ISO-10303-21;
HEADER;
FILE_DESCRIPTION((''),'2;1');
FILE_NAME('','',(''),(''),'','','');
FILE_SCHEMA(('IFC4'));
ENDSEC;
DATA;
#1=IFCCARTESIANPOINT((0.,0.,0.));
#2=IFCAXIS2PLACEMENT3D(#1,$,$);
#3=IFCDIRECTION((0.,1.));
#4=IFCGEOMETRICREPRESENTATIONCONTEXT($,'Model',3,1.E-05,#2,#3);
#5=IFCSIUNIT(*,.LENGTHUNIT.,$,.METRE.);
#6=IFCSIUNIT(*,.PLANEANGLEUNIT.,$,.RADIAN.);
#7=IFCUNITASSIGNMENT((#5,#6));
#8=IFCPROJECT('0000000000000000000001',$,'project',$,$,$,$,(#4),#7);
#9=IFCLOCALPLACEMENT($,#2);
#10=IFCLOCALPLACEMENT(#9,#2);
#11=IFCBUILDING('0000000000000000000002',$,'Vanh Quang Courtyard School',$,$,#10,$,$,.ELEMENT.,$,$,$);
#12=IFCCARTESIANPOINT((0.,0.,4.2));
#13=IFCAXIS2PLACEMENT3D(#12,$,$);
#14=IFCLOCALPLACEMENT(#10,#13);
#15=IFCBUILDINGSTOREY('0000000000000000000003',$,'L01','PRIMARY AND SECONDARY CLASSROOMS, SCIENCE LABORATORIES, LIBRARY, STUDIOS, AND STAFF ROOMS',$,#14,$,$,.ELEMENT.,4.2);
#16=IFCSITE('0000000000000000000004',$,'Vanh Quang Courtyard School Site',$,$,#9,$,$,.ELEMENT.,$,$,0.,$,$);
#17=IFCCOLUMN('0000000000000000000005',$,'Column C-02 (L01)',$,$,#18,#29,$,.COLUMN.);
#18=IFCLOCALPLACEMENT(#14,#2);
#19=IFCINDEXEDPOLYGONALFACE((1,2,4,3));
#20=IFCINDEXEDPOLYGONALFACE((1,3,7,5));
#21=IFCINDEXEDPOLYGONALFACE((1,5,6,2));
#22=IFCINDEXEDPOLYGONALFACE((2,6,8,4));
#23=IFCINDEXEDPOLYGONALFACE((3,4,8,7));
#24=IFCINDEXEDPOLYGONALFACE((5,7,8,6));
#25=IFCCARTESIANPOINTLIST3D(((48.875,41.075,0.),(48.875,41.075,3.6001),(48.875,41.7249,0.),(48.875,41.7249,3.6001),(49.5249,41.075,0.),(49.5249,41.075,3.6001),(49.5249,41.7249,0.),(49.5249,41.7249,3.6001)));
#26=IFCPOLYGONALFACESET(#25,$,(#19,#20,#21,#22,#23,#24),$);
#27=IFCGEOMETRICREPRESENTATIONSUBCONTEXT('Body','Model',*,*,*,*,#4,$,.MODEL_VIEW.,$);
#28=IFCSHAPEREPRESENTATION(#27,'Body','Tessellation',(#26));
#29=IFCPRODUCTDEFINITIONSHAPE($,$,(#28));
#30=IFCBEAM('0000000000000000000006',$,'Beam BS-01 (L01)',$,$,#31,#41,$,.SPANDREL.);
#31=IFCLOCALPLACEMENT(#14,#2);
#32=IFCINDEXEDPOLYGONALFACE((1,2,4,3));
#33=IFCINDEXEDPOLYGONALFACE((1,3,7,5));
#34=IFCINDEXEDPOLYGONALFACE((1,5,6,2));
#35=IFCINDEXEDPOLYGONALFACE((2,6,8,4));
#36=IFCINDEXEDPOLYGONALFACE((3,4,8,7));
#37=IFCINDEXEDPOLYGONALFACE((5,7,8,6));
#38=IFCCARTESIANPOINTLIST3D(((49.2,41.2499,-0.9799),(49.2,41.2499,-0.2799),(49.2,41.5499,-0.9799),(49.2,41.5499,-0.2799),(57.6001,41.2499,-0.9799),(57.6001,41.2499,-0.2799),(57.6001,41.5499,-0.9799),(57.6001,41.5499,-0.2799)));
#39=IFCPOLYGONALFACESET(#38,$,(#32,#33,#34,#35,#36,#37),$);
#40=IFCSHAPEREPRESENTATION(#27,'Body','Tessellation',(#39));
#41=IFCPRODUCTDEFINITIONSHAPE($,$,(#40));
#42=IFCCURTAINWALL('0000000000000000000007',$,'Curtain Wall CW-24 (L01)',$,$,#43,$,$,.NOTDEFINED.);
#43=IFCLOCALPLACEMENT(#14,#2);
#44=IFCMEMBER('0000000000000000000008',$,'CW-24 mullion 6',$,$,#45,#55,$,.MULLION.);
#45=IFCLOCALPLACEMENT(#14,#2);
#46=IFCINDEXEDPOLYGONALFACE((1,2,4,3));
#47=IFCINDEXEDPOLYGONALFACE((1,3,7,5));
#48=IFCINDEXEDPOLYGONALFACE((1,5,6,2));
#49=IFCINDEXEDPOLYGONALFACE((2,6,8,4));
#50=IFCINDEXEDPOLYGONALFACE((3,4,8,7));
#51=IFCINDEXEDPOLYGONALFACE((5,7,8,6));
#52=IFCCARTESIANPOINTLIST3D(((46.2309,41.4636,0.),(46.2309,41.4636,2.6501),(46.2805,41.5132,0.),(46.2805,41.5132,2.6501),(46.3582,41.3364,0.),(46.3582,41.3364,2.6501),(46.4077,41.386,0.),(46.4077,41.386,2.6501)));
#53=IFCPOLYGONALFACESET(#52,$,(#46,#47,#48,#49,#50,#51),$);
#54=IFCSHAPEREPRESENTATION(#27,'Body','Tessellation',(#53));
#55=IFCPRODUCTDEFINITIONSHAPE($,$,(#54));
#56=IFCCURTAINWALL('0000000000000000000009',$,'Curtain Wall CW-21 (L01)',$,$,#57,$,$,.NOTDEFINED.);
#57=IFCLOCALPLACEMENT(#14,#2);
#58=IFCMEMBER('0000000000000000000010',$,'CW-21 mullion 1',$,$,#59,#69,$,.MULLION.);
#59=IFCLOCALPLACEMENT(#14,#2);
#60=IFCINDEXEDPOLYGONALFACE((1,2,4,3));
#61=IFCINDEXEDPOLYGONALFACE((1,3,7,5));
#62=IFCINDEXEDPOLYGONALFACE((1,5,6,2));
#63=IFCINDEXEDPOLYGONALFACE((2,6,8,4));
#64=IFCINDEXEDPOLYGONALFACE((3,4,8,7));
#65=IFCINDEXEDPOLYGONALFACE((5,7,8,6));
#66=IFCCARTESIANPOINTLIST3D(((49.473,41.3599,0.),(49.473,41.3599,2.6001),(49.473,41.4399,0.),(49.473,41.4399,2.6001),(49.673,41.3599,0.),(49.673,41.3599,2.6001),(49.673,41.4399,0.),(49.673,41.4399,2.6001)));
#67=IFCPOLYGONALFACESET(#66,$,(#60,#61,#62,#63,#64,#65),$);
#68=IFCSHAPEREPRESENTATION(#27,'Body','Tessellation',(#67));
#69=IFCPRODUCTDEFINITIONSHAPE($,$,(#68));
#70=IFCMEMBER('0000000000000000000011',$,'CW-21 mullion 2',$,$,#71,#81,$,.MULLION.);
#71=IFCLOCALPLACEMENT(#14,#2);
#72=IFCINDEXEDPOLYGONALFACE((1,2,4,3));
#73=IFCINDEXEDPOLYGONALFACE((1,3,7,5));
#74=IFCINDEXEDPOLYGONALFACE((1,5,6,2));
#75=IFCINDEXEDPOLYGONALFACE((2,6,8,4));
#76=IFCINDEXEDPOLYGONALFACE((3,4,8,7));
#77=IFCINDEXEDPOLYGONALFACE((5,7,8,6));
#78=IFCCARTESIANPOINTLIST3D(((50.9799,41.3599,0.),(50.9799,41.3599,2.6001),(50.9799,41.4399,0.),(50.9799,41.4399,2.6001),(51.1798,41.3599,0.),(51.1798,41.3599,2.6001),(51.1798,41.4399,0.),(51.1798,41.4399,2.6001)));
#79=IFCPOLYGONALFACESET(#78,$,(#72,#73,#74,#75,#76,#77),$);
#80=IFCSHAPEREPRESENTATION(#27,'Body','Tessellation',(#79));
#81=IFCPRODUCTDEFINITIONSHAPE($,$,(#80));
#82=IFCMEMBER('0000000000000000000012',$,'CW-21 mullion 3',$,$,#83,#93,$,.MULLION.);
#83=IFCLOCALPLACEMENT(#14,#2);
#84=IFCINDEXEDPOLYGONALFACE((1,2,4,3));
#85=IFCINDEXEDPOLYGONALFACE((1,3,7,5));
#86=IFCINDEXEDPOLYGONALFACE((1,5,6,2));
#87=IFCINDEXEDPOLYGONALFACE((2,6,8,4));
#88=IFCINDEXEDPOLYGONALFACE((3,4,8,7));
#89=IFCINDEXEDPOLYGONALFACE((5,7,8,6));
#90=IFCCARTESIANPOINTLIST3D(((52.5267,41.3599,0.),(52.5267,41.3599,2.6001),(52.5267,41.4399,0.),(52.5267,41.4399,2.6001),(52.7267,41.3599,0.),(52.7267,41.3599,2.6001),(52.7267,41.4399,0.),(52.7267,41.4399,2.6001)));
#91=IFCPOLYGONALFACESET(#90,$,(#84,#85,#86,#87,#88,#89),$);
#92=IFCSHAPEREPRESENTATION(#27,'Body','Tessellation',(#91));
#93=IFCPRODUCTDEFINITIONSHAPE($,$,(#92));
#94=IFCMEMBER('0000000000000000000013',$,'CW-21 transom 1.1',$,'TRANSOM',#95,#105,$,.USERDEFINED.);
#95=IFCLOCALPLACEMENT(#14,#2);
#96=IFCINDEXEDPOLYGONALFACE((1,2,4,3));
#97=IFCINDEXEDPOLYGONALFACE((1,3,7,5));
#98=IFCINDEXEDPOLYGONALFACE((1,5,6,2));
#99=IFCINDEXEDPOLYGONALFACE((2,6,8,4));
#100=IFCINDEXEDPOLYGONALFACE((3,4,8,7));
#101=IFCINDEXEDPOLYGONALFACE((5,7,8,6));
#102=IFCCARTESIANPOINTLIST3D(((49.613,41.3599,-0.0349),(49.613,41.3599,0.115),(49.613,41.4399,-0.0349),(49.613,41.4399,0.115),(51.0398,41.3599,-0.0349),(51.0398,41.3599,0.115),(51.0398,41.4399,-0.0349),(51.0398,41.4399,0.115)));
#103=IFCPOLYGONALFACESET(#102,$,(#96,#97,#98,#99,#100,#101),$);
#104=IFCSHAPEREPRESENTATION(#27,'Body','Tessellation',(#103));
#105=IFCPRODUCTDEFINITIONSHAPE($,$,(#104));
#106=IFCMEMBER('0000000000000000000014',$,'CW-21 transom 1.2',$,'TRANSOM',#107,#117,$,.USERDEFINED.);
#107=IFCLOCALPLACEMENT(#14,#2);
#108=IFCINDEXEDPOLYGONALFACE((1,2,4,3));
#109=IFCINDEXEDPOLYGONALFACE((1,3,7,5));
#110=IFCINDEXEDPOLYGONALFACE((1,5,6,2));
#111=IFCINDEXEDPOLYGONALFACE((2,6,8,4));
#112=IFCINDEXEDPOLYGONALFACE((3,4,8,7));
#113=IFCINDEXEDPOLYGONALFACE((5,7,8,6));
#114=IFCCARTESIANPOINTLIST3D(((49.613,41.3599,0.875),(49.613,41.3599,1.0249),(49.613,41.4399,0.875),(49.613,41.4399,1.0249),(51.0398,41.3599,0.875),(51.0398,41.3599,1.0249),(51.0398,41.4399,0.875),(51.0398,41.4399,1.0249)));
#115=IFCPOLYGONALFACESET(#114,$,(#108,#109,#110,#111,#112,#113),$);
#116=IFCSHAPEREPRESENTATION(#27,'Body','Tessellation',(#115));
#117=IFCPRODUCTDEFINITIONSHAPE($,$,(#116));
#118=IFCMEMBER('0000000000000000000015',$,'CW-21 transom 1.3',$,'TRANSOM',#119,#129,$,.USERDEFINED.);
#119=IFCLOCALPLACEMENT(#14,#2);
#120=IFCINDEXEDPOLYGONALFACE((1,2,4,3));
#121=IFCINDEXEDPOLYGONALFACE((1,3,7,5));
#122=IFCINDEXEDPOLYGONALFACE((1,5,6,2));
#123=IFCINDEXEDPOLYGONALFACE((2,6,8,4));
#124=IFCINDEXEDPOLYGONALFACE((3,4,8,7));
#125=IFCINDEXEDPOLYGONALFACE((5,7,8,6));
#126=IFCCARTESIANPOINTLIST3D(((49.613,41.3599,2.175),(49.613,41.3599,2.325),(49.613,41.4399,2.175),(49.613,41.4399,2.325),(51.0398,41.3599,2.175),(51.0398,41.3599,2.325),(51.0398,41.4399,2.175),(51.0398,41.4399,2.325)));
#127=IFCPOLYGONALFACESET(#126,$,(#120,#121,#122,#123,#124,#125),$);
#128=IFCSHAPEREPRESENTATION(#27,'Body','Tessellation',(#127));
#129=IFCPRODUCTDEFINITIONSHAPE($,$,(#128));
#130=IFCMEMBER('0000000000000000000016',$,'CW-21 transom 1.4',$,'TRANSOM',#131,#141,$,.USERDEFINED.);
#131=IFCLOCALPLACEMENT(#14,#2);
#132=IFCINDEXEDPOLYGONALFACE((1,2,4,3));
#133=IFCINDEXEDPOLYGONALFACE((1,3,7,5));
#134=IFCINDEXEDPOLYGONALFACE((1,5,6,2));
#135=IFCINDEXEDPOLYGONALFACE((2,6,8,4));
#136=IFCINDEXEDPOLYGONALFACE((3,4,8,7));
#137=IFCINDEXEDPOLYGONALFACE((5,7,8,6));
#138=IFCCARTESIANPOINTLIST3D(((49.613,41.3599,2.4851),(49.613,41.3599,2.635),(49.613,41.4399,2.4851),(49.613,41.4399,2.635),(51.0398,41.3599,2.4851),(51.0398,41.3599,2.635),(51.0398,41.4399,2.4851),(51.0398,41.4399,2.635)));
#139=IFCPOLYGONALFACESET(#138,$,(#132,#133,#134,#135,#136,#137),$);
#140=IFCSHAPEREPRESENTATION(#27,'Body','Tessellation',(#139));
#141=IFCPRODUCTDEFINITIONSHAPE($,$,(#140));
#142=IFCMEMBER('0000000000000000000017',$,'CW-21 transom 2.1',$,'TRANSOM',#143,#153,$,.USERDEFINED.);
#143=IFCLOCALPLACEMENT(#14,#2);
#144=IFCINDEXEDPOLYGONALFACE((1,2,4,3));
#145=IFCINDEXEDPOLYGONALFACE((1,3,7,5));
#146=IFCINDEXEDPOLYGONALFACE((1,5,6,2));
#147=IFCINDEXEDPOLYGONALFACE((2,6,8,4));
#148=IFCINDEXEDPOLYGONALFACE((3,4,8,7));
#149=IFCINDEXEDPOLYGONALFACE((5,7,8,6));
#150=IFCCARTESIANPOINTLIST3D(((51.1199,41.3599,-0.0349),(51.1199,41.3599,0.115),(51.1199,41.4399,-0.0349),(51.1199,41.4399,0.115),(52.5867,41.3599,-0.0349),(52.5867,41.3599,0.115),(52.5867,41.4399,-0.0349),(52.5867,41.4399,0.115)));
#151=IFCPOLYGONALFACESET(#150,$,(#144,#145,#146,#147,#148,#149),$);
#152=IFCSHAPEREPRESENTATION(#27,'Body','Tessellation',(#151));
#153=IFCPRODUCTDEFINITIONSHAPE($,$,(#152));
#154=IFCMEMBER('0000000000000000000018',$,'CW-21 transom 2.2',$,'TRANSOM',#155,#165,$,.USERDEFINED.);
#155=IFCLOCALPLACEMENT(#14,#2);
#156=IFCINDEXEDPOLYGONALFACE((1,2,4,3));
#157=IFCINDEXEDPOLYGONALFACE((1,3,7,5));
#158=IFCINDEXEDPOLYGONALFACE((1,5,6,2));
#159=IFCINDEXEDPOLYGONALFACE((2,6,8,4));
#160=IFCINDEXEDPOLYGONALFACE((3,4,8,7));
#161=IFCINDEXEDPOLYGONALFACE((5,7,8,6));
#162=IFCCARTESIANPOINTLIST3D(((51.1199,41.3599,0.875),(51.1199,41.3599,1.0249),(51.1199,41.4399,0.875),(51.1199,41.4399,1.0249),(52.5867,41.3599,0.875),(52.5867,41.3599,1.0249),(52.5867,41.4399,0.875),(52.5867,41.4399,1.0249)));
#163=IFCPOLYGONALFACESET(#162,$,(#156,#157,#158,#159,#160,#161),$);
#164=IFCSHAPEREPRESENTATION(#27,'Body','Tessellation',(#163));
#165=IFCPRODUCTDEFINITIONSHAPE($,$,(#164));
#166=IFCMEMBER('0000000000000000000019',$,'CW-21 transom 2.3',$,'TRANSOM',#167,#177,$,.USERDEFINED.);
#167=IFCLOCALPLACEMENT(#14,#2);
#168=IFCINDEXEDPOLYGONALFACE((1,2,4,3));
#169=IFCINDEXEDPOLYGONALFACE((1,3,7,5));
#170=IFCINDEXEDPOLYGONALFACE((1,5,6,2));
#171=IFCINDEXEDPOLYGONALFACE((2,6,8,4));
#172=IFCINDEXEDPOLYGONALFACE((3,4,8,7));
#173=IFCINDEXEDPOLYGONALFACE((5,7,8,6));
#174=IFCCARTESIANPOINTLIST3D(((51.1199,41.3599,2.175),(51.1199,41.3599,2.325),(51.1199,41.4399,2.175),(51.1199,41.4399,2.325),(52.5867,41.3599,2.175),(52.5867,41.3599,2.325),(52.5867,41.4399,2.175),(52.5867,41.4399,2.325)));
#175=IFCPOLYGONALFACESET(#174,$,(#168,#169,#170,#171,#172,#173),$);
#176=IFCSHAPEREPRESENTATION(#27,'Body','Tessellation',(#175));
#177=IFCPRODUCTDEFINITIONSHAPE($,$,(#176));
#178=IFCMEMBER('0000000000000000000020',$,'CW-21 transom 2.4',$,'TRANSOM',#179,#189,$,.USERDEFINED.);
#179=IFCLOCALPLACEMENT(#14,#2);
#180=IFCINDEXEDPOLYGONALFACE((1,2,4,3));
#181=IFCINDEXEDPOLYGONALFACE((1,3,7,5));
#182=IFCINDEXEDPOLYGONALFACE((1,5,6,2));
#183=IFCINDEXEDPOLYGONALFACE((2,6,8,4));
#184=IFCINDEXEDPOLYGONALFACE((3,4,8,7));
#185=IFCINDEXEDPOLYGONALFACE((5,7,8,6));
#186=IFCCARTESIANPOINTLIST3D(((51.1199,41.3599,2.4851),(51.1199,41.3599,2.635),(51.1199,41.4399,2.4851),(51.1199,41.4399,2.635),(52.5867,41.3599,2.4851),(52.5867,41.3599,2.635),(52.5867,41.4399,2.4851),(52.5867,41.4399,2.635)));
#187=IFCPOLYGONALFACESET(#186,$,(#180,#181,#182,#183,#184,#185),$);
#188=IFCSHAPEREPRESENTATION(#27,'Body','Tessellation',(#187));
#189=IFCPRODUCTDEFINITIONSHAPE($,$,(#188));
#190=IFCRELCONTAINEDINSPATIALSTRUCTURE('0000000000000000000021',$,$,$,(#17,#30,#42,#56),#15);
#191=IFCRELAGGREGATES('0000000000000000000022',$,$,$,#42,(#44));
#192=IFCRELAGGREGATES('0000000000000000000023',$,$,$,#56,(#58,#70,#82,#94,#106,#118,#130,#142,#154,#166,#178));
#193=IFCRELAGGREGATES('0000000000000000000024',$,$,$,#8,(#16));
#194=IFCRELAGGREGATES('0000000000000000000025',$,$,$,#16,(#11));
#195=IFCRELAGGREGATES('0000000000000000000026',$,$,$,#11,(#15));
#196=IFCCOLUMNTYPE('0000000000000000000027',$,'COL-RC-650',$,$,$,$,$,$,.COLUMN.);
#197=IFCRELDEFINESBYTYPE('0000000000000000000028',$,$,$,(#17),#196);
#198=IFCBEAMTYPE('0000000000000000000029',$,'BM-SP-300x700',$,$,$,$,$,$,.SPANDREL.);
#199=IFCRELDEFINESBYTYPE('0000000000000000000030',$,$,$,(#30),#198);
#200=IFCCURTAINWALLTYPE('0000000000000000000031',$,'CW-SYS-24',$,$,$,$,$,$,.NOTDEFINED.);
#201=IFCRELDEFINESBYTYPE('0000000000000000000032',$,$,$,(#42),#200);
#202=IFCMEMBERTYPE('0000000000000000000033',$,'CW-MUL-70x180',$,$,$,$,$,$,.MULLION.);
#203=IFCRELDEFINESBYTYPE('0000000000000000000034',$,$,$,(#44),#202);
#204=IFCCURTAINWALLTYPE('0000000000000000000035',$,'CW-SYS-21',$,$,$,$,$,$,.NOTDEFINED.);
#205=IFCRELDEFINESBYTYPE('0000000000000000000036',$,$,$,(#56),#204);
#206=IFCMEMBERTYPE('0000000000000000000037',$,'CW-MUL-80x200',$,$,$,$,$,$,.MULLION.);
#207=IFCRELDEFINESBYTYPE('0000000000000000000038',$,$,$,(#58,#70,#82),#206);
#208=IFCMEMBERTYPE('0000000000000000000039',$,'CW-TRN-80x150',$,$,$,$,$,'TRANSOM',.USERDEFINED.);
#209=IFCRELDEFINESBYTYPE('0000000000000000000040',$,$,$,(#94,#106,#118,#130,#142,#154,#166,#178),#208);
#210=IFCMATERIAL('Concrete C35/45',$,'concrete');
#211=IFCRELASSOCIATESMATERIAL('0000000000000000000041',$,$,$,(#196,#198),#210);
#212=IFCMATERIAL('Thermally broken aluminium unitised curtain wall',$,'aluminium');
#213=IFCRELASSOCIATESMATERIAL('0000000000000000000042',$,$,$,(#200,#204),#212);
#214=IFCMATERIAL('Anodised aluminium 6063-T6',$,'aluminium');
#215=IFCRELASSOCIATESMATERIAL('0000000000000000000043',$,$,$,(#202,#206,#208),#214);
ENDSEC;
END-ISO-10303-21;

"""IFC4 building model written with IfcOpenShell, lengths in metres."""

from ifc_helpers import new_model, si_unit, direction, frame, origin, origin_2d, place, context, subcontext, project, spatial, rectangle, extrude, material, material_profile, profile_set, type_object, element, aggregate, save


model = new_model("IFC4")

# Units and contexts
model_context = context("Model", 3, precision=1e-05, world=origin(), true_north=direction((0.0, 1.0)))
body_context = subcontext(model_context, "Body", "Model", "MODEL_VIEW")
ifc_project = project(units=[si_unit("LENGTHUNIT", "METRE"), si_unit("PLANEANGLEUNIT", "RADIAN")], contexts=[model_context])

# Site, building, storey
site_placement = place(None, origin())
site = spatial("IfcSite", under=ifc_project, at=site_placement, Name="Vanh Quang Courtyard School Site", CompositionType="ELEMENT", RefElevation=0.0)
building_placement = place(site_placement, origin())
building = spatial("IfcBuilding", under=site, at=building_placement, Name="Vanh Quang Courtyard School", CompositionType="ELEMENT")
storey_placement = place(building_placement, frame((0.0, 0.0, 4.2)))
storey = spatial("IfcBuildingStorey", under=building, at=storey_placement, Name="L01", Description="PRIMARY AND SECONDARY CLASSROOMS, SCIENCE LABORATORIES, LIBRARY, STUDIOS, AND STAFF ROOMS", CompositionType="ELEMENT", Elevation=4.2)

# Column
ifc_material_1 = material(Name="Concrete C35/45", Category="concrete")
ifc_material_profile_1 = material_profile(ifc_material_1, rectangle(XDim=0.6499, YDim=0.6499, at=origin_2d()), Name="RC-COL 650x650")
ifc_profile_set_1 = profile_set([ifc_material_profile_1], Name="Concrete C35/45")
column_type = type_object("IfcColumnType", Name="COL-RC-650", PredefinedType="COLUMN", material=ifc_profile_set_1)
column_placement = place(storey_placement, frame((49.2, 41.3999, 0.0), z_axis=(0.0, 0.0, 1.0), x_axis=(1.0, 0.0, 0.0)))
element("IfcColumn", 1, at=column_placement, inside=storey, type_object=column_type, Name="Column C-02 (L01)", PredefinedType="COLUMN", context=body_context, shape_type="SweptSolid", body=[
    extrude(rectangle(XDim=0.6499, YDim=0.6499, at=origin_2d()), origin(), (0.0, 0.0, 1.0), 3.6001),
])

# Beam
ifc_material_profile_2 = material_profile(ifc_material_1, rectangle(XDim=0.3, YDim=0.7, at=origin_2d()), Name="RC-SP 300x700")
ifc_profile_set_2 = profile_set([ifc_material_profile_2], Name="Concrete C35/45")
beam_type_1 = type_object("IfcBeamType", Name="BM-SP-300x700", PredefinedType="SPANDREL", material=ifc_profile_set_2)
beam_placement = place(storey_placement, frame((49.2, 41.3999, -0.6299), z_axis=(1.0, 0.0, 0.0), x_axis=(0.0, 1.0, 0.0)))
element("IfcBeam", 2, at=beam_placement, inside=storey, type_object=beam_type_1, Name="Beam BS-01 (L01)", PredefinedType="SPANDREL", context=body_context, shape_type="SweptSolid", body=[
    extrude(rectangle(XDim=0.3, YDim=0.7, at=origin_2d()), origin(), (0.0, 0.0, 1.0), 8.4001),
])

# Curtain wall, member
ifc_material_2 = material(Name="Thermally broken aluminium unitised curtain wall", Category="aluminium")
curtain_wall_type_1 = type_object("IfcCurtainWallType", Name="CW-SYS-24", PredefinedType="NOTDEFINED", material=ifc_material_2)
curtain_wall_1_placement = place(storey_placement, origin())
curtain_wall_1 = element("IfcCurtainWall", 3, at=curtain_wall_1_placement, inside=storey, type_object=curtain_wall_type_1, Name="Curtain Wall CW-24 (L01)", PredefinedType="NOTDEFINED")
ifc_material_3 = material(Name="Anodised aluminium 6063-T6", Category="aluminium")
ifc_material_profile_3 = material_profile(ifc_material_3, rectangle(XDim=0.0701, YDim=0.1799, at=origin_2d()), Name="ALU-MUL 70x180")
ifc_profile_set_3 = profile_set([ifc_material_profile_3], Name="Anodised aluminium 6063-T6")
member_type_1 = type_object("IfcMemberType", Name="CW-MUL-70x180", PredefinedType="MULLION", material=ifc_profile_set_3)
member_1_placement = place(storey_placement, frame((46.3193, 41.4248, 0.0), z_axis=(0.0, 0.0, 1.0), x_axis=(0.707107, 0.707107, 0.0)))
member_1 = element("IfcMember", 4, at=member_1_placement, type_object=member_type_1, Name="CW-24 mullion 6", PredefinedType="MULLION", context=body_context, shape_type="SweptSolid", body=[
    extrude(rectangle(XDim=0.0701, YDim=0.1799, at=origin_2d()), origin(), (0.0, 0.0, 1.0), 2.6501),
])

# Curtain wall, members
curtain_wall_type_2 = type_object("IfcCurtainWallType", Name="CW-SYS-21", PredefinedType="NOTDEFINED", material=ifc_material_2)
curtain_wall_2_placement = place(storey_placement, origin())
curtain_wall_2 = element("IfcCurtainWall", 5, at=curtain_wall_2_placement, inside=storey, type_object=curtain_wall_type_2, Name="Curtain Wall CW-21 (L01)", PredefinedType="NOTDEFINED")
ifc_material_profile_4 = material_profile(ifc_material_3, rectangle(XDim=0.0801, YDim=0.2, at=origin_2d()), Name="ALU-MUL 80x200")
ifc_profile_set_4 = profile_set([ifc_material_profile_4], Name="Anodised aluminium 6063-T6")
member_type_2 = type_object("IfcMemberType", Name="CW-MUL-80x200", PredefinedType="MULLION", material=ifc_profile_set_4)
member_2_placement = place(storey_placement, frame((49.573, 41.3999, 0.0), z_axis=(0.0, 0.0, 1.0), x_axis=(0.0, 1.0, 0.0)))
member_2 = element("IfcMember", 6, at=member_2_placement, type_object=member_type_2, Name="CW-21 mullion 1", PredefinedType="MULLION", context=body_context, shape_type="SweptSolid", body=[
    extrude(rectangle(XDim=0.0801, YDim=0.2, at=origin_2d()), origin(), (0.0, 0.0, 1.0), 2.6001),
])
member_3_placement = place(storey_placement, frame((51.0798, 41.3999, 0.0), z_axis=(0.0, 0.0, 1.0), x_axis=(0.0, 1.0, 0.0)))
member_3 = element("IfcMember", 7, at=member_3_placement, type_object=member_type_2, Name="CW-21 mullion 2", PredefinedType="MULLION", context=body_context, shape_type="SweptSolid", body=[
    extrude(rectangle(XDim=0.0801, YDim=0.2, at=origin_2d()), origin(), (0.0, 0.0, 1.0), 2.6001),
])
member_4_placement = place(storey_placement, frame((52.6267, 41.3999, 0.0), z_axis=(0.0, 0.0, 1.0), x_axis=(0.0, 1.0, 0.0)))
member_4 = element("IfcMember", 8, at=member_4_placement, type_object=member_type_2, Name="CW-21 mullion 3", PredefinedType="MULLION", context=body_context, shape_type="SweptSolid", body=[
    extrude(rectangle(XDim=0.0801, YDim=0.2, at=origin_2d()), origin(), (0.0, 0.0, 1.0), 2.6001),
])
ifc_material_profile_5 = material_profile(ifc_material_3, rectangle(XDim=0.0801, YDim=0.1499, at=origin_2d()), Name="ALU-TRN 80x150")
ifc_profile_set_5 = profile_set([ifc_material_profile_5], Name="Anodised aluminium 6063-T6")
member_type_3 = type_object("IfcMemberType", Name="CW-TRN-80x150", ElementType="TRANSOM", PredefinedType="USERDEFINED", material=ifc_profile_set_5)
member_5_placement = place(storey_placement, frame((49.613, 41.3999, 0.04), z_axis=(1.0, 0.0, 0.0), x_axis=(0.0, 1.0, 0.0)))
member_5 = element("IfcMember", 9, at=member_5_placement, type_object=member_type_3, Name="CW-21 transom 1.1", ObjectType="TRANSOM", PredefinedType="USERDEFINED", context=body_context, shape_type="SweptSolid", body=[
    extrude(rectangle(XDim=0.0801, YDim=0.1499, at=origin_2d()), origin(), (0.0, 0.0, 1.0), 1.4268),
])
member_6_placement = place(storey_placement, frame((49.613, 41.3999, 0.95), z_axis=(1.0, 0.0, 0.0), x_axis=(0.0, 1.0, 0.0)))
member_6 = element("IfcMember", 10, at=member_6_placement, type_object=member_type_3, Name="CW-21 transom 1.2", ObjectType="TRANSOM", PredefinedType="USERDEFINED", context=body_context, shape_type="SweptSolid", body=[
    extrude(rectangle(XDim=0.0801, YDim=0.1499, at=origin_2d()), origin(), (0.0, 0.0, 1.0), 1.4268),
])
member_7_placement = place(storey_placement, frame((49.613, 41.3999, 2.25), z_axis=(1.0, 0.0, 0.0), x_axis=(0.0, 1.0, 0.0)))
member_7 = element("IfcMember", 11, at=member_7_placement, type_object=member_type_3, Name="CW-21 transom 1.3", ObjectType="TRANSOM", PredefinedType="USERDEFINED", context=body_context, shape_type="SweptSolid", body=[
    extrude(rectangle(XDim=0.0801, YDim=0.1499, at=origin_2d()), origin(), (0.0, 0.0, 1.0), 1.4268),
])
member_8_placement = place(storey_placement, frame((49.613, 41.3999, 2.5601), z_axis=(1.0, 0.0, 0.0), x_axis=(0.0, 1.0, 0.0)))
member_8 = element("IfcMember", 12, at=member_8_placement, type_object=member_type_3, Name="CW-21 transom 1.4", ObjectType="TRANSOM", PredefinedType="USERDEFINED", context=body_context, shape_type="SweptSolid", body=[
    extrude(rectangle(XDim=0.0801, YDim=0.1499, at=origin_2d()), origin(), (0.0, 0.0, 1.0), 1.4268),
])
member_9_placement = place(storey_placement, frame((51.1199, 41.3999, 0.04), z_axis=(1.0, 0.0, 0.0), x_axis=(0.0, 1.0, 0.0)))
member_9 = element("IfcMember", 13, at=member_9_placement, type_object=member_type_3, Name="CW-21 transom 2.1", ObjectType="TRANSOM", PredefinedType="USERDEFINED", context=body_context, shape_type="SweptSolid", body=[
    extrude(rectangle(XDim=0.0801, YDim=0.1499, at=origin_2d()), origin(), (0.0, 0.0, 1.0), 1.4668),
])
member_10_placement = place(storey_placement, frame((51.1199, 41.3999, 0.95), z_axis=(1.0, 0.0, 0.0), x_axis=(0.0, 1.0, 0.0)))
member_10 = element("IfcMember", 14, at=member_10_placement, type_object=member_type_3, Name="CW-21 transom 2.2", ObjectType="TRANSOM", PredefinedType="USERDEFINED", context=body_context, shape_type="SweptSolid", body=[
    extrude(rectangle(XDim=0.0801, YDim=0.1499, at=origin_2d()), origin(), (0.0, 0.0, 1.0), 1.4668),
])
member_11_placement = place(storey_placement, frame((51.1199, 41.3999, 2.25), z_axis=(1.0, 0.0, 0.0), x_axis=(0.0, 1.0, 0.0)))
member_11 = element("IfcMember", 15, at=member_11_placement, type_object=member_type_3, Name="CW-21 transom 2.3", ObjectType="TRANSOM", PredefinedType="USERDEFINED", context=body_context, shape_type="SweptSolid", body=[
    extrude(rectangle(XDim=0.0801, YDim=0.1499, at=origin_2d()), origin(), (0.0, 0.0, 1.0), 1.4668),
])
member_12_placement = place(storey_placement, frame((51.1199, 41.3999, 2.5601), z_axis=(1.0, 0.0, 0.0), x_axis=(0.0, 1.0, 0.0)))
member_12 = element("IfcMember", 16, at=member_12_placement, type_object=member_type_3, Name="CW-21 transom 2.4", ObjectType="TRANSOM", PredefinedType="USERDEFINED", context=body_context, shape_type="SweptSolid", body=[
    extrude(rectangle(XDim=0.0801, YDim=0.1499, at=origin_2d()), origin(), (0.0, 0.0, 1.0), 1.4668),
])

aggregate(curtain_wall_1, [member_1])
aggregate(curtain_wall_2, [member_2, member_3, member_4, member_5, member_6, member_7, member_8, member_9, member_10, member_11, member_12])

save(model, "model.ifc")
